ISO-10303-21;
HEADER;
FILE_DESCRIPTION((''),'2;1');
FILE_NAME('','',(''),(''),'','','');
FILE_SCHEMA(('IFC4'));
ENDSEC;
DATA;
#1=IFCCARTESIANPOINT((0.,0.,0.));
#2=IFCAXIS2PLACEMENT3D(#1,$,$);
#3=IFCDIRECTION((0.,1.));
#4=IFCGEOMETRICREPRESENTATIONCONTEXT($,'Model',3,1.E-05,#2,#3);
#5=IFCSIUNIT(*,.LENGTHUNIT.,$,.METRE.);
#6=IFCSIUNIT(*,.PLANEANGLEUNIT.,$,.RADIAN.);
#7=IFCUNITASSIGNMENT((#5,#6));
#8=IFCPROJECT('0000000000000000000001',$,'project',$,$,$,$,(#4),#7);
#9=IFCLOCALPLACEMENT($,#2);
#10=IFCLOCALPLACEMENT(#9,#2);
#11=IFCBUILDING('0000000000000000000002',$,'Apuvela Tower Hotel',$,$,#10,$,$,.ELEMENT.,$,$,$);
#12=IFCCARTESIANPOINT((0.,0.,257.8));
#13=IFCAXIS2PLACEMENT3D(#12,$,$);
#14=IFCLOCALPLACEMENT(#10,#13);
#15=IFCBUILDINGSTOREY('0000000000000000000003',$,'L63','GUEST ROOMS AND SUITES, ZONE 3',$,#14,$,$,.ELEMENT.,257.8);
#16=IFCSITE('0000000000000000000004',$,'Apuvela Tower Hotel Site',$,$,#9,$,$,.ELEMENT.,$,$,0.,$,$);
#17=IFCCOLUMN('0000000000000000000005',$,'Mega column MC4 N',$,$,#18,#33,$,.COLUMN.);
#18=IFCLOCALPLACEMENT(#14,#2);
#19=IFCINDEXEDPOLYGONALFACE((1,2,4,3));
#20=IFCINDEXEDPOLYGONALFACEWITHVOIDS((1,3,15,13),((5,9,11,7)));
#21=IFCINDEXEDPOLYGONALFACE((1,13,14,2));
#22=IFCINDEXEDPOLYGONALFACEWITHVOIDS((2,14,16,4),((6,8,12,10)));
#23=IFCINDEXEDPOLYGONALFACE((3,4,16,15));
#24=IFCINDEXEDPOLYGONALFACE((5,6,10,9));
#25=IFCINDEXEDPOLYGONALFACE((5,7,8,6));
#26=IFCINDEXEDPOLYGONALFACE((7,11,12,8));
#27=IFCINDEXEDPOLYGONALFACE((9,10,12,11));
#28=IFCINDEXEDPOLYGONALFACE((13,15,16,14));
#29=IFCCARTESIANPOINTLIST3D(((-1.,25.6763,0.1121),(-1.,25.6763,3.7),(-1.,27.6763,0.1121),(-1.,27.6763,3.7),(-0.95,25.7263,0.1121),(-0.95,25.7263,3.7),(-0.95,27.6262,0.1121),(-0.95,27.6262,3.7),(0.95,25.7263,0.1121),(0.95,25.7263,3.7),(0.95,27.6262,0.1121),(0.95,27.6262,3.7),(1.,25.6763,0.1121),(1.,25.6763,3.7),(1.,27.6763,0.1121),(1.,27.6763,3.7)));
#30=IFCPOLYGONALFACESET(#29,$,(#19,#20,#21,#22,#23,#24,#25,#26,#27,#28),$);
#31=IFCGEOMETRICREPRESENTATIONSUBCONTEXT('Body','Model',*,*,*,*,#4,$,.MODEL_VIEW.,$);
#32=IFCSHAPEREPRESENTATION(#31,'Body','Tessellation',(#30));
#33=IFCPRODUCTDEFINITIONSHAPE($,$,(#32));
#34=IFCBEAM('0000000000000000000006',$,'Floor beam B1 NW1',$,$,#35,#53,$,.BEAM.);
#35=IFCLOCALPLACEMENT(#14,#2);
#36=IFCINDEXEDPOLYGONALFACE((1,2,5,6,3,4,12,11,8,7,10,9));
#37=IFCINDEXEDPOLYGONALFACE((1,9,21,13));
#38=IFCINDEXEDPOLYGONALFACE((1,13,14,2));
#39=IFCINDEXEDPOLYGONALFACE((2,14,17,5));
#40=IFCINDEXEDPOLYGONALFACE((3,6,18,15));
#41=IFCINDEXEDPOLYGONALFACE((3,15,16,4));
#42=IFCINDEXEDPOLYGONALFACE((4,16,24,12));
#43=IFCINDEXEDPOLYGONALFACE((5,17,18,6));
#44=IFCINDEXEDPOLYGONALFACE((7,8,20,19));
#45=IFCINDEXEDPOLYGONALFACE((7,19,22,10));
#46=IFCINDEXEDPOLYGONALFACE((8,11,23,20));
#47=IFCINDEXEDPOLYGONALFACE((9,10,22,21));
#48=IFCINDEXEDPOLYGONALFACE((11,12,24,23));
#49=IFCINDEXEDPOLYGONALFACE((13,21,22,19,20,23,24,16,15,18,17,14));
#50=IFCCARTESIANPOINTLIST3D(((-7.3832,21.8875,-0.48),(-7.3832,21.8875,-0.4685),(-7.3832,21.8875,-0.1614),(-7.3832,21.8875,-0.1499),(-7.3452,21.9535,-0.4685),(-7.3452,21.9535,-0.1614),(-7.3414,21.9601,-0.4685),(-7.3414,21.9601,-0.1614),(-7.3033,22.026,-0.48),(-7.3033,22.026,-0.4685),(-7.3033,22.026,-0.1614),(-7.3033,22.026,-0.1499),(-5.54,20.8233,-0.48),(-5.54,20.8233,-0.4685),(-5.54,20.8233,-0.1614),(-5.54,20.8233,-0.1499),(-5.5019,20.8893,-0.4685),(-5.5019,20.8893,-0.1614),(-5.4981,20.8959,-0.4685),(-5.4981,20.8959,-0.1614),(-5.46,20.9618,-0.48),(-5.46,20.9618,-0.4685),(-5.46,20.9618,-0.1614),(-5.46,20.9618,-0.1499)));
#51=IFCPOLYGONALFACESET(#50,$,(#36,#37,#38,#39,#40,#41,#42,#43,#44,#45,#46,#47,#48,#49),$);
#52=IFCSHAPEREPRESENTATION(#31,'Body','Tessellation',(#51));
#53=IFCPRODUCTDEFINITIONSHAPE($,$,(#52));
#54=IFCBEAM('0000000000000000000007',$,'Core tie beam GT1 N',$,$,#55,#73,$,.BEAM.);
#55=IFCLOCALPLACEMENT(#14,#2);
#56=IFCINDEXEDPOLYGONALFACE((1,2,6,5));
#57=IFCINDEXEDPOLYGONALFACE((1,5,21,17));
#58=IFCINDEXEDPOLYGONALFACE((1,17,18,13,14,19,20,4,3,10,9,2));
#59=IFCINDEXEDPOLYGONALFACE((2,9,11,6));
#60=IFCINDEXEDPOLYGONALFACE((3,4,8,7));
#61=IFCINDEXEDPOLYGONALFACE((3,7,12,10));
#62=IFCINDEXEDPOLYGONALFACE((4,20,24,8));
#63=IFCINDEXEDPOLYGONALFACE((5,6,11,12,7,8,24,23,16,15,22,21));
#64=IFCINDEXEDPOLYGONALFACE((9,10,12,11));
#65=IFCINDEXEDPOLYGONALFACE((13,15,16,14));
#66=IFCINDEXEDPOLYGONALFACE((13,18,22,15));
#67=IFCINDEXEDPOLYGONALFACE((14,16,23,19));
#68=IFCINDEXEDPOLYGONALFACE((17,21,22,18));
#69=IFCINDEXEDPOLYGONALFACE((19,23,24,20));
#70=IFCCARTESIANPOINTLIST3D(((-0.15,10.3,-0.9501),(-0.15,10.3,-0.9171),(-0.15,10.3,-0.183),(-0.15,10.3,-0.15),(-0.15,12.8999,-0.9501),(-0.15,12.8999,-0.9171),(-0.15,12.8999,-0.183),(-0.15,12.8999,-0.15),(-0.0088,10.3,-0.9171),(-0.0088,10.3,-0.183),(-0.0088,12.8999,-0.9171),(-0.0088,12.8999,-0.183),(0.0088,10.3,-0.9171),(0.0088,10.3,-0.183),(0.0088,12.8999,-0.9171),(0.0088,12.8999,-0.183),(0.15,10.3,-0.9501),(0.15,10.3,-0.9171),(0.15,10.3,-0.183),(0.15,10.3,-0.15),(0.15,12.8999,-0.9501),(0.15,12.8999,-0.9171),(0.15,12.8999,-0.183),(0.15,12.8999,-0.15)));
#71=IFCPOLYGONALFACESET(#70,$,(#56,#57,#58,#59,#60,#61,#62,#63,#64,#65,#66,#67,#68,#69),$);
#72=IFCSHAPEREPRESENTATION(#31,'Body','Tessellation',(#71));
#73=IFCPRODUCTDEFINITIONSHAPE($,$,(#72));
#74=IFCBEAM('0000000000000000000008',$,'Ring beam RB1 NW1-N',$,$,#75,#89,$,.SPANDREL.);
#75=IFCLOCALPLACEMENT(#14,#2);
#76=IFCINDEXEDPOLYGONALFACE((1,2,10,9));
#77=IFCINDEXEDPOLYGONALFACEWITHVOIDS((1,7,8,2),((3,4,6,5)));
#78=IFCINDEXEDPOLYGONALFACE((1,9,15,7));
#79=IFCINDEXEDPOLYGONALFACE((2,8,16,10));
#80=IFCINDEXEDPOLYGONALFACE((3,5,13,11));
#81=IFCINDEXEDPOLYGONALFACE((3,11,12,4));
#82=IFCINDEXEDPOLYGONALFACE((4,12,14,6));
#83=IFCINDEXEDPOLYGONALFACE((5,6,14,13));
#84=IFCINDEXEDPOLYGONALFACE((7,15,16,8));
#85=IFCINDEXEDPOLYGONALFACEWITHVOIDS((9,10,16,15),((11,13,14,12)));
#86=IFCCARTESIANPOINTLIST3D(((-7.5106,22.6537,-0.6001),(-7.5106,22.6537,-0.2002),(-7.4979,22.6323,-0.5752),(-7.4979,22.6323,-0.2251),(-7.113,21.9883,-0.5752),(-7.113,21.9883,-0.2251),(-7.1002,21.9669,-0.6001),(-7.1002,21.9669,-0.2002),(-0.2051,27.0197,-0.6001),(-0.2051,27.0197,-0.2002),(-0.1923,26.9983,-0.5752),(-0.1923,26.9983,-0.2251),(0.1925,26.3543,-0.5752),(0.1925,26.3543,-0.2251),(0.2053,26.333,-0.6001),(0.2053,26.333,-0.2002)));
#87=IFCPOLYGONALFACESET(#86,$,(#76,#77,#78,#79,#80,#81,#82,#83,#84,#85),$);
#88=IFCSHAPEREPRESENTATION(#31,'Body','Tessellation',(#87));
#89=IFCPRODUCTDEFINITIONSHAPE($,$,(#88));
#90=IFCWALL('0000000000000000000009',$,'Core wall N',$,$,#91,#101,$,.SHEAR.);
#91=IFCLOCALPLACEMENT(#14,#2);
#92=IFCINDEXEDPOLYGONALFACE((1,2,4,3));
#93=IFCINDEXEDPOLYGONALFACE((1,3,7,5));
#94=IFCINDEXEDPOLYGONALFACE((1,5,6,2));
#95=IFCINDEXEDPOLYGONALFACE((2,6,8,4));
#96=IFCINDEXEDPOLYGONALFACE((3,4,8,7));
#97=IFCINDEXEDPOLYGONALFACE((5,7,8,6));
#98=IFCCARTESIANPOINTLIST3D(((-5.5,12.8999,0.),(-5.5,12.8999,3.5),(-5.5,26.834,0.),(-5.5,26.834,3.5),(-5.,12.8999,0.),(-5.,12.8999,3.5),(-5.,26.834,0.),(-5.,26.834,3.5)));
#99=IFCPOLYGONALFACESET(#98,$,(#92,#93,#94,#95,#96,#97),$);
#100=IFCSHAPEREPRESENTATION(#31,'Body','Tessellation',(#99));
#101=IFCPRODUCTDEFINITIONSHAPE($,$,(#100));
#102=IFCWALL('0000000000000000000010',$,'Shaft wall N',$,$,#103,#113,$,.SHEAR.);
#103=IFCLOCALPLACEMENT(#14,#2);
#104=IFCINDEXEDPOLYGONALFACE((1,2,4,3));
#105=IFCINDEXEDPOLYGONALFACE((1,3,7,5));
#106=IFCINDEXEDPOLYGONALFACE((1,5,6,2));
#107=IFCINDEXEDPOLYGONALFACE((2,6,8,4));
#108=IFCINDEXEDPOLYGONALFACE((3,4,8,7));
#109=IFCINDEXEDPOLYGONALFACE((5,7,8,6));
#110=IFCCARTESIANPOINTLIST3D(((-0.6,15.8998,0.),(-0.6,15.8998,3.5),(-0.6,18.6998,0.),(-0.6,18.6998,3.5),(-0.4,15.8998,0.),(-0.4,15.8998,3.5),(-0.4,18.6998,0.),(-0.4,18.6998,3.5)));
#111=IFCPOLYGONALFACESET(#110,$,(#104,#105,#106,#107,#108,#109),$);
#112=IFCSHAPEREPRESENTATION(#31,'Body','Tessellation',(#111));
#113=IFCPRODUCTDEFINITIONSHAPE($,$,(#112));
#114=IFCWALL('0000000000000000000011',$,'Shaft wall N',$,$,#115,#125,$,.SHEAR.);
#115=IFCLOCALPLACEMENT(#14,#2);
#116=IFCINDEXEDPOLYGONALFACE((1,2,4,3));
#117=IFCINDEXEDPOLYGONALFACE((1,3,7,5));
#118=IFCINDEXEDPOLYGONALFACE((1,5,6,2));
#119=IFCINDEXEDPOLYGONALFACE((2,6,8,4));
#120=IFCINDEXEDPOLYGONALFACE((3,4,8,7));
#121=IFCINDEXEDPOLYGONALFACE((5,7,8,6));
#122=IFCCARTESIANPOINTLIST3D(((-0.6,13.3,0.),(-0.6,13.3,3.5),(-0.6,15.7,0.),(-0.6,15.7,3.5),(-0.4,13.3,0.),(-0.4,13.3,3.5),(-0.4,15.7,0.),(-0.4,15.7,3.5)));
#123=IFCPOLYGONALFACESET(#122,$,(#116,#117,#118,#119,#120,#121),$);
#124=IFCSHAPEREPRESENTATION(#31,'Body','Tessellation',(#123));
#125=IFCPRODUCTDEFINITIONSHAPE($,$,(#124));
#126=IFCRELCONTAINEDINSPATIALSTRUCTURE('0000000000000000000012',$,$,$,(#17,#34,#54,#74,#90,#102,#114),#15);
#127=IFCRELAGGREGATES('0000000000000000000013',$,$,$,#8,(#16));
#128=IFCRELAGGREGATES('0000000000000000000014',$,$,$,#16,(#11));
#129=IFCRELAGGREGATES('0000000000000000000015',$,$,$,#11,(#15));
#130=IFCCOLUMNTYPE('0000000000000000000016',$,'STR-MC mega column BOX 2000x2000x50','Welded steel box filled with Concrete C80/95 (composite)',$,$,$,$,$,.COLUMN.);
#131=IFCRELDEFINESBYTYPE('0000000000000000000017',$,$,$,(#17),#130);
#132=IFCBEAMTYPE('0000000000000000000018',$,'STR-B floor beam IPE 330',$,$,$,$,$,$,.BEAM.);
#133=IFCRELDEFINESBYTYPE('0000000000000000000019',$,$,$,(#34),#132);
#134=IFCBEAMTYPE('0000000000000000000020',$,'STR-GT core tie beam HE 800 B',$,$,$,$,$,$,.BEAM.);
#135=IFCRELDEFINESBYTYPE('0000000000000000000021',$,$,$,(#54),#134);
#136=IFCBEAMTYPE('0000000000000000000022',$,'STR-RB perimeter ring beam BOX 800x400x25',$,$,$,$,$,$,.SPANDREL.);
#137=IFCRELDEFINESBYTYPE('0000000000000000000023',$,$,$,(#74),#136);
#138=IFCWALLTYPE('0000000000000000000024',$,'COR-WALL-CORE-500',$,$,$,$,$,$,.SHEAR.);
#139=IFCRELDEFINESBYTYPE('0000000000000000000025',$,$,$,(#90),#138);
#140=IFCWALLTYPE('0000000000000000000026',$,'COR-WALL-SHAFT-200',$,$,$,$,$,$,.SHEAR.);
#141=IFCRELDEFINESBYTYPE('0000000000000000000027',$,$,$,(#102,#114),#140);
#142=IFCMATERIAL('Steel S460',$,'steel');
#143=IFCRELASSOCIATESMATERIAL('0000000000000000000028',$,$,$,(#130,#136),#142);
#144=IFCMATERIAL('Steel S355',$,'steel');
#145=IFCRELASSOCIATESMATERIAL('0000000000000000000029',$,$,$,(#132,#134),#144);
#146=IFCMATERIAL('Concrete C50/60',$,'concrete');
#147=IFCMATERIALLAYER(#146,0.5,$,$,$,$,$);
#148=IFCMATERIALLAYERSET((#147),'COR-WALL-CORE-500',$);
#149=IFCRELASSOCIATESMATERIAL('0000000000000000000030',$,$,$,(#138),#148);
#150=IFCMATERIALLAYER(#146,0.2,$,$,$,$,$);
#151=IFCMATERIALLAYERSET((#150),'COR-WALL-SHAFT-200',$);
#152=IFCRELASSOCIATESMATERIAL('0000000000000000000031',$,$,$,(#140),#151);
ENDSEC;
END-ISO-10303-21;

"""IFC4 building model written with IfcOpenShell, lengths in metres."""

from ifc_helpers import new_model, si_unit, direction, frame, frame_2d, origin, origin_2d, place, context, subcontext, project, spatial, rectangle, hollow_rectangle, i_section, extrude, boolean, halfspace, material, layer, layer_set, material_profile, profile_set, type_object, element, save


model = new_model("IFC4")

# Units and contexts
model_context = context("Model", 3, precision=1e-05, world=origin(), true_north=direction((0.0, 1.0)))
body_context = subcontext(model_context, "Body", "Model", "MODEL_VIEW")
ifc_project = project(units=[si_unit("LENGTHUNIT", "METRE"), si_unit("PLANEANGLEUNIT", "RADIAN")], contexts=[model_context])

# Site, building, storey
site_placement = place(None, origin())
site = spatial("IfcSite", under=ifc_project, at=site_placement, Name="Apuvela Tower Hotel Site", CompositionType="ELEMENT", RefElevation=0.0)
building_placement = place(site_placement, origin())
building = spatial("IfcBuilding", under=site, at=building_placement, Name="Apuvela Tower Hotel", CompositionType="ELEMENT")
storey_placement = place(building_placement, frame((0.0, 0.0, 257.8)))
storey = spatial("IfcBuildingStorey", under=building, at=storey_placement, Name="L63", Description="GUEST ROOMS AND SUITES, ZONE 3", CompositionType="ELEMENT", Elevation=257.8)

# Column
ifc_material_1 = material(Name="Steel S460", Category="steel")
ifc_material_profile_1 = material_profile(ifc_material_1, hollow_rectangle(XDim=2.0, YDim=2.0, WallThickness=0.05, at=origin_2d()), Name="BOX 2000x2000x50")
ifc_material_2 = material(Name="Concrete C80/95", Category="concrete")
ifc_material_profile_2 = material_profile(ifc_material_2, rectangle(XDim=1.8999, YDim=1.8999, at=origin_2d()), Name="Concrete C80/95 infill")
ifc_profile_set_1 = profile_set([ifc_material_profile_1, ifc_material_profile_2], Name="Steel S460")
column_type = type_object("IfcColumnType", Name="STR-MC mega column BOX 2000x2000x50", Description="Welded steel box filled with Concrete C80/95 (composite)", PredefinedType="COLUMN", material=ifc_profile_set_1)
column_placement = place(storey_placement, frame((0.0, 26.6763, 0.0), z_axis=(0.0, 0.0, 1.0), x_axis=(1.0, 0.0, 0.0)))
element("IfcColumn", 1, at=column_placement, inside=storey, type_object=column_type, Name="Mega column MC4 N", PredefinedType="COLUMN", context=body_context, shape_type="SweptSolid", body=[
    boolean("DIFFERENCE", extrude(hollow_rectangle(XDim=2.0, YDim=2.0, WallThickness=0.05, at=origin_2d()), origin(), (0.0, 0.0, 1.0), 3.7), halfspace(frame((0.0, 0.0, 0.1121), z_axis=(0.0, 0.0, 1.0), x_axis=(1.0, 0.0, 0.0)), True)),
])

# Beams
ifc_material_3 = material(Name="Steel S355", Category="steel")
ifc_material_profile_3 = material_profile(ifc_material_3, i_section(OverallWidth=0.1599, OverallDepth=0.3301, WebThickness=0.0076, FlangeThickness=0.0115, at=origin_2d()), Name="IPE 330")
ifc_profile_set_2 = profile_set([ifc_material_profile_3], Name="Steel S355")
beam_type_1 = type_object("IfcBeamType", Name="STR-B floor beam IPE 330", PredefinedType="BEAM", material=ifc_profile_set_2)
beam_1_placement = place(storey_placement, frame((-7.3433, 21.9568, -0.3149), z_axis=(0.866025, -0.5, 0.0), x_axis=(0.5, 0.866025, 0.0)))
element("IfcBeam", 2, at=beam_1_placement, inside=storey, type_object=beam_type_1, Name="Floor beam B1 NW1", PredefinedType="BEAM", context=body_context, shape_type="SweptSolid", body=[
    extrude(i_section(OverallWidth=0.1599, OverallDepth=0.3301, WebThickness=0.0076, FlangeThickness=0.0115, at=origin_2d()), origin(), (0.0, 0.0, 1.0), 2.1284),
])
ifc_material_profile_4 = material_profile(ifc_material_3, i_section(OverallWidth=0.3, OverallDepth=0.8, WebThickness=0.0176, FlangeThickness=0.033, at=origin_2d()), Name="HE 800 B")
ifc_profile_set_3 = profile_set([ifc_material_profile_4], Name="Steel S355")
beam_type_2 = type_object("IfcBeamType", Name="STR-GT core tie beam HE 800 B", PredefinedType="BEAM", material=ifc_profile_set_3)
beam_2_placement = place(storey_placement, frame((0.0, 12.8999, -0.55), z_axis=(0.0, -1.0, 0.0), x_axis=(1.0, 0.0, 0.0)))
element("IfcBeam", 3, at=beam_2_placement, inside=storey, type_object=beam_type_2, Name="Core tie beam GT1 N", PredefinedType="BEAM", context=body_context, shape_type="SweptSolid", body=[
    extrude(i_section(OverallWidth=0.3, OverallDepth=0.8, WebThickness=0.0176, FlangeThickness=0.033, at=origin_2d()), origin(), (0.0, 0.0, 1.0), 2.5999),
])
ifc_material_profile_5 = material_profile(ifc_material_1, hollow_rectangle(XDim=0.8, YDim=0.3999, WallThickness=0.0249, at=origin_2d()), Name="BOX 800x400x25")
ifc_profile_set_4 = profile_set([ifc_material_profile_5], Name="Steel S460")
beam_type_3 = type_object("IfcBeamType", Name="STR-RB perimeter ring beam BOX 800x400x25", PredefinedType="SPANDREL", material=ifc_profile_set_4)
beam_3_placement = place(storey_placement, frame((-7.3054, 22.3103, -0.4001), z_axis=(0.858388, 0.513002, 0.0), x_axis=(-0.513002, 0.858388, 0.0)))
element("IfcBeam", 4, at=beam_3_placement, inside=storey, type_object=beam_type_3, Name="Ring beam RB1 NW1-N", PredefinedType="SPANDREL", context=body_context, shape_type="SweptSolid", body=[
    extrude(hollow_rectangle(XDim=0.8, YDim=0.3999, WallThickness=0.0249, at=origin_2d()), origin(), (0.0, 0.0, 1.0), 8.5107),
])

# Walls
ifc_material_4 = material(Name="Concrete C50/60", Category="concrete")
ifc_layer_1 = layer(ifc_material_4, 0.5)
ifc_layer_set_1 = layer_set([ifc_layer_1], Name="COR-WALL-CORE-500")
wall_type_1 = type_object("IfcWallType", Name="COR-WALL-CORE-500", PredefinedType="SHEAR", material=ifc_layer_set_1)
wall_1_placement = place(storey_placement, frame((-5.25, 12.8999, 0.0), z_axis=(0.0, 0.0, 1.0), x_axis=(0.0, 1.0, 0.0)))
element("IfcWall", 5, at=wall_1_placement, inside=storey, type_object=wall_type_1, Name="Core wall N", PredefinedType="SHEAR", context=body_context, shape_type="SweptSolid", body=[
    extrude(rectangle(XDim=13.9341, YDim=0.5, at=frame_2d((6.967, 0.0))), origin(), (0.0, 0.0, 1.0), 3.5),
])
ifc_layer_2 = layer(ifc_material_4, 0.2)
ifc_layer_set_2 = layer_set([ifc_layer_2], Name="COR-WALL-SHAFT-200")
wall_type_2 = type_object("IfcWallType", Name="COR-WALL-SHAFT-200", PredefinedType="SHEAR", material=ifc_layer_set_2)
wall_2_placement = place(storey_placement, frame((-0.5, 15.8999, 0.0), z_axis=(0.0, 0.0, 1.0), x_axis=(0.0, 1.0, 0.0)))
element("IfcWall", 6, at=wall_2_placement, inside=storey, type_object=wall_type_2, Name="Shaft wall N", PredefinedType="SHEAR", context=body_context, shape_type="SweptSolid", body=[
    extrude(rectangle(XDim=2.8, YDim=0.2, at=frame_2d((1.3999, 0.0))), origin(), (0.0, 0.0, 1.0), 3.5),
])
wall_3_placement = place(storey_placement, frame((-0.5, 13.3, 0.0), z_axis=(0.0, 0.0, 1.0), x_axis=(0.0, 1.0, 0.0)))
element("IfcWall", 7, at=wall_3_placement, inside=storey, type_object=wall_type_2, Name="Shaft wall N", PredefinedType="SHEAR", context=body_context, shape_type="SweptSolid", body=[
    extrude(rectangle(XDim=2.3999, YDim=0.2, at=frame_2d((1.2, 0.0))), origin(), (0.0, 0.0, 1.0), 3.5),
])

save(model, "model.ifc")
